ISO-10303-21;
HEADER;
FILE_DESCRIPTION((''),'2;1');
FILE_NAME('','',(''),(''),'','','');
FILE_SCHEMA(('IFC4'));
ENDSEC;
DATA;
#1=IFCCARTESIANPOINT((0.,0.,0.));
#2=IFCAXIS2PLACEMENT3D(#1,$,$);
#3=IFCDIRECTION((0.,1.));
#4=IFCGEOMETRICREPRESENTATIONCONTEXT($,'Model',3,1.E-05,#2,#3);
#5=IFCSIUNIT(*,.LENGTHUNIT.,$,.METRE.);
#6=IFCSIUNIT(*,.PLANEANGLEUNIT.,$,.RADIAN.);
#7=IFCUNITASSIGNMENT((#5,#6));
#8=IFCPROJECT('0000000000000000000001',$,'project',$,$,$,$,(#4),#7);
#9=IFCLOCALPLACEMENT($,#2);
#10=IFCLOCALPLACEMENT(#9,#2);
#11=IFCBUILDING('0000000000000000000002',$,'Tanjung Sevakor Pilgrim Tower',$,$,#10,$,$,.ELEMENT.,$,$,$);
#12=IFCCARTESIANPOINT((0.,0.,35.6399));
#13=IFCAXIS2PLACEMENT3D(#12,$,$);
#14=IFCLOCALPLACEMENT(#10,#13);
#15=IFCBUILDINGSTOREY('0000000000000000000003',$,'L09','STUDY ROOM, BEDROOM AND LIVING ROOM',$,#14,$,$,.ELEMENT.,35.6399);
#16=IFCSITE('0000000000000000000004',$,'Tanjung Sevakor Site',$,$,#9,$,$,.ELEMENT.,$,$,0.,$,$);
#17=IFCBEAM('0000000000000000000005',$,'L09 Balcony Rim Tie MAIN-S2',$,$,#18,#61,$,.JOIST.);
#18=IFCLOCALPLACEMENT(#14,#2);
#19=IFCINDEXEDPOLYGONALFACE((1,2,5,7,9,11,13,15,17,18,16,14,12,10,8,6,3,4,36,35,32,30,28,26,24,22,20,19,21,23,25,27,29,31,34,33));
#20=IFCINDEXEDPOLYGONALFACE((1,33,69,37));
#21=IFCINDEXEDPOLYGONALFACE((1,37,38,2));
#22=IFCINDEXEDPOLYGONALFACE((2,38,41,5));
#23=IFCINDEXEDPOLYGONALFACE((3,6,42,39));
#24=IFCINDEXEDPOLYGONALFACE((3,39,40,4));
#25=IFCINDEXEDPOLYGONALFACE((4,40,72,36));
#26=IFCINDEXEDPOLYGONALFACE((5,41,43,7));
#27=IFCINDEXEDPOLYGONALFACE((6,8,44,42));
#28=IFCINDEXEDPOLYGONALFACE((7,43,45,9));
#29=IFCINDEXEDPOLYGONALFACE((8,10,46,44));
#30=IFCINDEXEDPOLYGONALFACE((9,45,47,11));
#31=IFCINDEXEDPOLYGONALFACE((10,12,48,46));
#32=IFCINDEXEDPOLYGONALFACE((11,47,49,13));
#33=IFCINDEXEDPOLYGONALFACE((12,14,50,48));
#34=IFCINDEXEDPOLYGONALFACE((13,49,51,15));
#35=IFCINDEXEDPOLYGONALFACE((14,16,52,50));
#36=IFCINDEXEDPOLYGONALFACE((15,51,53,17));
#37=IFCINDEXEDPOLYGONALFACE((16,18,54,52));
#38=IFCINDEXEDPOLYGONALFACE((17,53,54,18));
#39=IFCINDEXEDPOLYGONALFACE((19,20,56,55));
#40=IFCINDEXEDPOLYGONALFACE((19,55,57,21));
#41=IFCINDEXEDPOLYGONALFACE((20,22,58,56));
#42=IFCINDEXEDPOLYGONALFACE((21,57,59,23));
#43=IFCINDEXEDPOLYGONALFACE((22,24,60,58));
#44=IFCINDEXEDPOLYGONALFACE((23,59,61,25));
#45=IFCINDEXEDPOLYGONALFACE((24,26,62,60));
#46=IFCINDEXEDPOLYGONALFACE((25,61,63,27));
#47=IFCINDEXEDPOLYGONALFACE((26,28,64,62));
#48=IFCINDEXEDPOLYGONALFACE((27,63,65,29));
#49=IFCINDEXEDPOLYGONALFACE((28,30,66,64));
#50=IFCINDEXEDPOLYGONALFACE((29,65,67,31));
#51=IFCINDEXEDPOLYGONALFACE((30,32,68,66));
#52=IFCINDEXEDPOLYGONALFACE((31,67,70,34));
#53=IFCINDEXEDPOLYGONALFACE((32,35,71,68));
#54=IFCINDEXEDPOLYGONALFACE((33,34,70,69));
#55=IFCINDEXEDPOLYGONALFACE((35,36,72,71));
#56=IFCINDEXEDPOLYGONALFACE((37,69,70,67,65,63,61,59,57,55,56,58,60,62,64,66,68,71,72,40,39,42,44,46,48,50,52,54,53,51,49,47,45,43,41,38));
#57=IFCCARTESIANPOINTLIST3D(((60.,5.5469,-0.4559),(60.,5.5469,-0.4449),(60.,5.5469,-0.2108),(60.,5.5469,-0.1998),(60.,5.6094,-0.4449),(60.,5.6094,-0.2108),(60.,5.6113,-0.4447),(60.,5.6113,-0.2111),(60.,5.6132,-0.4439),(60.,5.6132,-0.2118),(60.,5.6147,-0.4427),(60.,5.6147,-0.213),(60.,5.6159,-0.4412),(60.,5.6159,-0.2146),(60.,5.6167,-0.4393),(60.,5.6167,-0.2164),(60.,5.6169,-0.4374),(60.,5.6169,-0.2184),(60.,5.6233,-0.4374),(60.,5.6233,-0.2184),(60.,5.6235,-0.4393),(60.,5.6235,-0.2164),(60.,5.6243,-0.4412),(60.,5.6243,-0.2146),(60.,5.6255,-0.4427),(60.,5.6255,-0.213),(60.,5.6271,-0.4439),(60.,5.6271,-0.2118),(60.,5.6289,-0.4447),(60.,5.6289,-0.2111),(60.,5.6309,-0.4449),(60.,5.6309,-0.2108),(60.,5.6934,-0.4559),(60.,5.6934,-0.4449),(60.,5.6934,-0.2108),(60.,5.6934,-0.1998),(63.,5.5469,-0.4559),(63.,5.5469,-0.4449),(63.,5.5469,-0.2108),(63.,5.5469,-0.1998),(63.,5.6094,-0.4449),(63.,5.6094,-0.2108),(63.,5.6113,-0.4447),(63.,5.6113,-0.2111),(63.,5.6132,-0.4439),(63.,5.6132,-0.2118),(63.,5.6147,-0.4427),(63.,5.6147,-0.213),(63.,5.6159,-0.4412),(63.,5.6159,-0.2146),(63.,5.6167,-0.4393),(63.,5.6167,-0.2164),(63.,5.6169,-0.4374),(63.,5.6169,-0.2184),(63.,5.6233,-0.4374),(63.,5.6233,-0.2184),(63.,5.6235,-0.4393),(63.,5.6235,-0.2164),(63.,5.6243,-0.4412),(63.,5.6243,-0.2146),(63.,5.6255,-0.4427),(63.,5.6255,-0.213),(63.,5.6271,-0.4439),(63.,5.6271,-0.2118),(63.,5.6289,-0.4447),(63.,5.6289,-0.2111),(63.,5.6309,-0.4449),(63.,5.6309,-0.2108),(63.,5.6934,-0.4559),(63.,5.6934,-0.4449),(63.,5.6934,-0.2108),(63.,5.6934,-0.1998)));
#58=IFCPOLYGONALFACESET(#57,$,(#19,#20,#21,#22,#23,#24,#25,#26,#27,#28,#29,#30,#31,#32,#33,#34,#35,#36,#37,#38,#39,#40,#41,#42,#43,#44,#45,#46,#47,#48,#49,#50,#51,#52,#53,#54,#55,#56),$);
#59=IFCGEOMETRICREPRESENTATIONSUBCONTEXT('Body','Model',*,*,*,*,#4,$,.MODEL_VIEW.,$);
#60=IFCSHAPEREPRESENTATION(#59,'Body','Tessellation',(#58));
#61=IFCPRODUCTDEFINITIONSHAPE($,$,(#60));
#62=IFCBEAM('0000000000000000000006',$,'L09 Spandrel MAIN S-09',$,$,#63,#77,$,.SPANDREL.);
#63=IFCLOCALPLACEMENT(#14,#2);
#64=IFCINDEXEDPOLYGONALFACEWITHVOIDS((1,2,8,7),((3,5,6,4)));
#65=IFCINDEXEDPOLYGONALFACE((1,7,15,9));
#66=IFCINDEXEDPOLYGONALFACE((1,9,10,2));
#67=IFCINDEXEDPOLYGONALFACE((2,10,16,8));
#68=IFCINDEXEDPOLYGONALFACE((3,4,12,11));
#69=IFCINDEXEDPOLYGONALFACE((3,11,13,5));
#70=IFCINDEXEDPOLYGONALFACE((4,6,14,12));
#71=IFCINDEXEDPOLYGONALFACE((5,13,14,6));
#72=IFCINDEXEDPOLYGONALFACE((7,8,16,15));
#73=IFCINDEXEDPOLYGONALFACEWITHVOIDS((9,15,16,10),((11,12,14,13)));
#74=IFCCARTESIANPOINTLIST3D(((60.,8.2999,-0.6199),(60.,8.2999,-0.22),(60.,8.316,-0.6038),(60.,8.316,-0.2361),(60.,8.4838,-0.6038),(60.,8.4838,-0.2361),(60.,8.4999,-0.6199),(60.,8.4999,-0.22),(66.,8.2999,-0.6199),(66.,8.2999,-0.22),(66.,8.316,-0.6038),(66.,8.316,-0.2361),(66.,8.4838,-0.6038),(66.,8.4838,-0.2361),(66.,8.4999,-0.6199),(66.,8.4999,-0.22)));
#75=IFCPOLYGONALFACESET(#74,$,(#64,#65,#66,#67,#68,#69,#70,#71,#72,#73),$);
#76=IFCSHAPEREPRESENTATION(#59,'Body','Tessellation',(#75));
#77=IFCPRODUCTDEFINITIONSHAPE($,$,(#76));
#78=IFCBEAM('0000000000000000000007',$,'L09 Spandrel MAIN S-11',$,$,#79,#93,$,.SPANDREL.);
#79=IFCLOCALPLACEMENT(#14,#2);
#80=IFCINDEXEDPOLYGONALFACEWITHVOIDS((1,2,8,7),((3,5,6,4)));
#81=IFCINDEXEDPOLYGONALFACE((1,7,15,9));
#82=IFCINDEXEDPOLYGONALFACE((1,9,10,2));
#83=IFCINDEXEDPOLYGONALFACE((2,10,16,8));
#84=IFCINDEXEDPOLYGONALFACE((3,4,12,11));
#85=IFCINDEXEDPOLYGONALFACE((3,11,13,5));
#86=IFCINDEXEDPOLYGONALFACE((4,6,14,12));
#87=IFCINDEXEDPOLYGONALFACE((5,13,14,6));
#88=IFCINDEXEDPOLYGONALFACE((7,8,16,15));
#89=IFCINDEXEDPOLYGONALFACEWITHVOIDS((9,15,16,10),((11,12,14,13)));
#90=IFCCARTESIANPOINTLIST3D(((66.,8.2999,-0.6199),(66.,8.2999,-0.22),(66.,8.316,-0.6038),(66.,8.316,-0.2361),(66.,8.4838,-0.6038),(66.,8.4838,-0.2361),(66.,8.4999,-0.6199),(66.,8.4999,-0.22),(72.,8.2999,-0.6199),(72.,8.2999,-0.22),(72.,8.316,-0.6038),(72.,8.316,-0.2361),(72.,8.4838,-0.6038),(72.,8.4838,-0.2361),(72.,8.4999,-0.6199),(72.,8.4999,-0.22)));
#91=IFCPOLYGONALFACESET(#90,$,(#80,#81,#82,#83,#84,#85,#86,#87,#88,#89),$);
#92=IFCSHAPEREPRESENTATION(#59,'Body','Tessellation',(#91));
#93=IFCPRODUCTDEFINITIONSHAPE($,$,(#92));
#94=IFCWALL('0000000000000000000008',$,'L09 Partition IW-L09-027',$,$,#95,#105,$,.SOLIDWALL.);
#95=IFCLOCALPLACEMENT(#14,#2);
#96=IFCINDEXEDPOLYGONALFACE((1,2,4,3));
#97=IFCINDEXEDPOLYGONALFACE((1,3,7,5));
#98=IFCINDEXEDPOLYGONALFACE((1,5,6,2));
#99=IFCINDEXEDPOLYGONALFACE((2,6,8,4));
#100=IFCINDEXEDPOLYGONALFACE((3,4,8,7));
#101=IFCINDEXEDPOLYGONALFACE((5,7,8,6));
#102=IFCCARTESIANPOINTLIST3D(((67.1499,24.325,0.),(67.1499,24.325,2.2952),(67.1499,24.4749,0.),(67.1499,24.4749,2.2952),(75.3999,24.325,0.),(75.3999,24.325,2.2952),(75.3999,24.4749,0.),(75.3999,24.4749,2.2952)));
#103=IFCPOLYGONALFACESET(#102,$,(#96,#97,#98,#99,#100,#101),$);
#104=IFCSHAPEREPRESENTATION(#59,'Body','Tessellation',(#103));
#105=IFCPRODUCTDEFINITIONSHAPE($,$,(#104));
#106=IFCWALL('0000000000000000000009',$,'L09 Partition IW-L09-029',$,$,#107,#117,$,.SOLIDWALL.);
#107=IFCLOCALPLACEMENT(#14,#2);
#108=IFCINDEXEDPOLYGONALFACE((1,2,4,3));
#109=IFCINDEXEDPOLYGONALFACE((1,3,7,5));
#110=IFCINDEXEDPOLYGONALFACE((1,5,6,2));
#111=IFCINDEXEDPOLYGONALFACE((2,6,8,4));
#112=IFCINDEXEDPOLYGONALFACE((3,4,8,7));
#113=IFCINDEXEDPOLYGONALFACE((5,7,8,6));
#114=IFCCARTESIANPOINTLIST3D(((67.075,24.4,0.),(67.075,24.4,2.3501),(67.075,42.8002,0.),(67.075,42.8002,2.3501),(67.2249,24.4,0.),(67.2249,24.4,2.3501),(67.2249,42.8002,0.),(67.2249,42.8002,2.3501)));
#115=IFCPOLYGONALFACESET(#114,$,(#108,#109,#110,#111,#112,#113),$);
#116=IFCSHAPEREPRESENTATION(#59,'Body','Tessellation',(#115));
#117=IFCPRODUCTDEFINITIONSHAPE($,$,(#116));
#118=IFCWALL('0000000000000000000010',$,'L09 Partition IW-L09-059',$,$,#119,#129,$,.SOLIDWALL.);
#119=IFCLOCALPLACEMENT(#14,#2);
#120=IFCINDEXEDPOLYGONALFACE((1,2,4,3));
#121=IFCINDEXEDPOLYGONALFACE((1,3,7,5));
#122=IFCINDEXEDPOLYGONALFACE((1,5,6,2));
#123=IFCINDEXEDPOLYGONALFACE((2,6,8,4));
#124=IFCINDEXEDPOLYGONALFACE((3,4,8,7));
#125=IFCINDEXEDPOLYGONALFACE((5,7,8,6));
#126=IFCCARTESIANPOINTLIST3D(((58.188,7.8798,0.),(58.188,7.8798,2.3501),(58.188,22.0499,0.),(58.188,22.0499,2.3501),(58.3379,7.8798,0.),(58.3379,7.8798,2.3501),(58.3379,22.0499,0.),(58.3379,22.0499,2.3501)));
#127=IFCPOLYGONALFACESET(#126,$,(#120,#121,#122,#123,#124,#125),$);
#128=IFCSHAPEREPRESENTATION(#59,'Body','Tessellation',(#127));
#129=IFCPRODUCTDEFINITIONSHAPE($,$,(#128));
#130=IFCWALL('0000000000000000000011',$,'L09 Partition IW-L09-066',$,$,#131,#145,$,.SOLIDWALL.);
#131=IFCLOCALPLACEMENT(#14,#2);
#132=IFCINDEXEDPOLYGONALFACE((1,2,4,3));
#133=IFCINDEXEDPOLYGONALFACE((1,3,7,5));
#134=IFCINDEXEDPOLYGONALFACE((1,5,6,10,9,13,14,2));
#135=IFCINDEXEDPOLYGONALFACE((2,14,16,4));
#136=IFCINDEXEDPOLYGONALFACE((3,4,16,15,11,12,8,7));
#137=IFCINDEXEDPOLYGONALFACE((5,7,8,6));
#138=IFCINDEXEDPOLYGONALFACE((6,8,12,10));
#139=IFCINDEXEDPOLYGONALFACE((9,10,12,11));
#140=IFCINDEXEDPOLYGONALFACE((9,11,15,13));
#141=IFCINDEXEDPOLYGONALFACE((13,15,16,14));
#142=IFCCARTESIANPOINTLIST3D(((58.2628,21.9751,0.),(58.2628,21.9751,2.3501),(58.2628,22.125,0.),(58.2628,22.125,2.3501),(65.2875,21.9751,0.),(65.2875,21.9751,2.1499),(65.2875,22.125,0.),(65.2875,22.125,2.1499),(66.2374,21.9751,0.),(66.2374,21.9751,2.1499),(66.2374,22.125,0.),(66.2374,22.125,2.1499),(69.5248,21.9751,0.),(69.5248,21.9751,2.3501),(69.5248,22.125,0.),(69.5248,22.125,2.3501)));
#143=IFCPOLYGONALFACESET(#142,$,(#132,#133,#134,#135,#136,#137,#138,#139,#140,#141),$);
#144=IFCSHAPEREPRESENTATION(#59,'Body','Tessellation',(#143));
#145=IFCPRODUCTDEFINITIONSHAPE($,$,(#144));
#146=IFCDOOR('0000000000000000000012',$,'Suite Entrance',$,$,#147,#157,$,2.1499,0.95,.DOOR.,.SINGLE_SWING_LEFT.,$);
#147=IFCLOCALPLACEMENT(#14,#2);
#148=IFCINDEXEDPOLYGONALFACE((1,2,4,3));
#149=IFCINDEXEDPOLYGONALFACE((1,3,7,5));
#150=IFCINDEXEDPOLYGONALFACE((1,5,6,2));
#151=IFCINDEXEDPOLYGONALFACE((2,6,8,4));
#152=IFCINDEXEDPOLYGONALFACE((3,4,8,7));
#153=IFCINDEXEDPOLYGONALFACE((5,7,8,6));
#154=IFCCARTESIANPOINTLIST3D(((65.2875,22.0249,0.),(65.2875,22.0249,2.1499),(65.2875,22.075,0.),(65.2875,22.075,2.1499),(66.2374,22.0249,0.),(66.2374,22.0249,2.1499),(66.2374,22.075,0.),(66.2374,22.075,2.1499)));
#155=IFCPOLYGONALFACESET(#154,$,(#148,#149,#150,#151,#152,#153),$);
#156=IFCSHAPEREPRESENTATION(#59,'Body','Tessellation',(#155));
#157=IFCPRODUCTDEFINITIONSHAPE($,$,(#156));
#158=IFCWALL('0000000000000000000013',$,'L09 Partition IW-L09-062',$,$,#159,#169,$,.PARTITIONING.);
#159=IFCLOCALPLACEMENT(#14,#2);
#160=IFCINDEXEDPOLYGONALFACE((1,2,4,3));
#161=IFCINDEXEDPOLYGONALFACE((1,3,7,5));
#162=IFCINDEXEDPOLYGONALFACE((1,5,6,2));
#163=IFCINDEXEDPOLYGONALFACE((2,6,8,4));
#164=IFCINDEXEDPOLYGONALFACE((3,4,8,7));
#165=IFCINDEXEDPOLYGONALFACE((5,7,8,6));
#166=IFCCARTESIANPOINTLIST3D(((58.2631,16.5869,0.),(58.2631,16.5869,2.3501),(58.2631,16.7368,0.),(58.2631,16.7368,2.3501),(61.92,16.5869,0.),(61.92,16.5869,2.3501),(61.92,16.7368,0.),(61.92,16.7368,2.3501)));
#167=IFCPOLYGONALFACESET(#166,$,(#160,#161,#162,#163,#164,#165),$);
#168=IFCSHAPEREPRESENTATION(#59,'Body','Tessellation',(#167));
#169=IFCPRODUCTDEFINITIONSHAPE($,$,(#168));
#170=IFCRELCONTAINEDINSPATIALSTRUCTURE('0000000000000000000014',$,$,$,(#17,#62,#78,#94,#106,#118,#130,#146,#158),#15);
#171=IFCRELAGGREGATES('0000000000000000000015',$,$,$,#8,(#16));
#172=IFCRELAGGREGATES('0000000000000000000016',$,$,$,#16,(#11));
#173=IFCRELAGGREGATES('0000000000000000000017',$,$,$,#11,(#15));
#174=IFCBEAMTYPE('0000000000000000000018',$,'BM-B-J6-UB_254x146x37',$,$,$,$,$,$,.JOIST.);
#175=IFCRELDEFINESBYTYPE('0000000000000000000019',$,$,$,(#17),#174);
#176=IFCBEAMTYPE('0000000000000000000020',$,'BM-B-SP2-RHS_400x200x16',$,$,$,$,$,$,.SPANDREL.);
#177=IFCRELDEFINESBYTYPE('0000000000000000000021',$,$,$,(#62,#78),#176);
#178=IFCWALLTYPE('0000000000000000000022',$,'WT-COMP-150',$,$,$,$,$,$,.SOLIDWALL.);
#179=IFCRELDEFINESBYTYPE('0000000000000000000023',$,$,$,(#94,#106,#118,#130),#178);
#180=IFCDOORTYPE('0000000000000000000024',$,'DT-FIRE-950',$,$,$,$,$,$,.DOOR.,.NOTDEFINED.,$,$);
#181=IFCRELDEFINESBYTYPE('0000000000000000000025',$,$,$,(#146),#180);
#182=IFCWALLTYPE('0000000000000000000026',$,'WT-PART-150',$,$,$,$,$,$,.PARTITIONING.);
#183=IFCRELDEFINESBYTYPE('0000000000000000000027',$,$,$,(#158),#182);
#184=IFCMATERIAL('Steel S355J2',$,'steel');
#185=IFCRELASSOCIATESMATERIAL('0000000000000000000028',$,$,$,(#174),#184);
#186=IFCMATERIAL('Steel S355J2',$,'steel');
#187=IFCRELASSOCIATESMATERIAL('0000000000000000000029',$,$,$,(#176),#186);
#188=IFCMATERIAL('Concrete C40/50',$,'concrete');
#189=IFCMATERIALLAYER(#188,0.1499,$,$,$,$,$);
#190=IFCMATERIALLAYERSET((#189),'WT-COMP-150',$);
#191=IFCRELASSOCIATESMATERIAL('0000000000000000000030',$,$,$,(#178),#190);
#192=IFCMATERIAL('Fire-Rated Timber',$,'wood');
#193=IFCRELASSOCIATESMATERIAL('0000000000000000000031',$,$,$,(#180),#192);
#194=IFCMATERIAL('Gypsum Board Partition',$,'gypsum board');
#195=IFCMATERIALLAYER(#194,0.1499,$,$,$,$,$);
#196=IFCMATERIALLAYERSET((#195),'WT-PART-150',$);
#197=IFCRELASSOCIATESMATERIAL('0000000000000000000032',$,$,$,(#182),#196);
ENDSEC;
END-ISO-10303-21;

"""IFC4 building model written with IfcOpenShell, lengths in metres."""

from ifc_helpers import new_model, si_unit, direction, frame, frame_2d, origin, origin_2d, place, context, subcontext, project, spatial, rectangle, hollow_rectangle, i_section, extrude, material, layer, layer_set, material_profile, profile_set, type_object, element, fill, save


model = new_model("IFC4")

# Units and contexts
model_context = context("Model", 3, precision=1e-05, world=origin(), true_north=direction((0.0, 1.0)))
body_context = subcontext(model_context, "Body", "Model", "MODEL_VIEW")
ifc_project = project(units=[si_unit("LENGTHUNIT", "METRE"), si_unit("PLANEANGLEUNIT", "RADIAN")], contexts=[model_context])

# Site, building, storey
site_placement = place(None, origin())
site = spatial("IfcSite", under=ifc_project, at=site_placement, Name="Tanjung Sevakor Site", CompositionType="ELEMENT", RefElevation=0.0)
building_placement = place(site_placement, origin())
building = spatial("IfcBuilding", under=site, at=building_placement, Name="Tanjung Sevakor Pilgrim Tower", CompositionType="ELEMENT")
storey_placement = place(building_placement, frame((0.0, 0.0, 35.6399)))
storey = spatial("IfcBuildingStorey", under=building, at=storey_placement, Name="L09", Description="STUDY ROOM, BEDROOM AND LIVING ROOM", CompositionType="ELEMENT", Elevation=35.6399)

# Beams
ifc_material_1 = material(Name="Steel S355J2", Category="steel")
ifc_material_profile_1 = material_profile(ifc_material_1, i_section(OverallWidth=0.1465, OverallDepth=0.2561, WebThickness=0.0063, FlangeThickness=0.011, FilletRadius=0.0076, at=origin_2d()))
ifc_profile_set_1 = profile_set([ifc_material_profile_1], Name="Steel S355J2")
beam_type_1 = type_object("IfcBeamType", Name="BM-B-J6-UB_254x146x37", PredefinedType="JOIST", material=ifc_profile_set_1)
beam_1_placement = place(storey_placement, frame((60.0, 5.6201, -0.3279), z_axis=(1.0, 0.0, 0.0), x_axis=(0.0, 1.0, 0.0)))
element("IfcBeam", 1, at=beam_1_placement, inside=storey, type_object=beam_type_1, Name="L09 Balcony Rim Tie MAIN-S2", PredefinedType="JOIST", context=body_context, shape_type="SweptSolid", body=[
    extrude(i_section(OverallWidth=0.1465, OverallDepth=0.2561, WebThickness=0.0063, FlangeThickness=0.011, FilletRadius=0.0076, at=origin_2d()), origin(), (0.0, 0.0, 1.0), 3.0),
])
ifc_material_2 = material(Name="Steel S355J2", Category="steel")
ifc_material_profile_2 = material_profile(ifc_material_2, hollow_rectangle(XDim=0.2, YDim=0.3999, WallThickness=0.0161, at=origin_2d()))
ifc_profile_set_2 = profile_set([ifc_material_profile_2], Name="Steel S355J2")
beam_type_2 = type_object("IfcBeamType", Name="BM-B-SP2-RHS_400x200x16", PredefinedType="SPANDREL", material=ifc_profile_set_2)
for number, where, z_axis, x_axis, name in (
    (2, (60.0, 8.3999, -0.4199), (1.0, 0.0, 0.0), (0.0, 1.0, 0.0), "L09 Spandrel MAIN S-09"),
    (3, (66.0, 8.3999, -0.4199), (1.0, 0.0, 0.0), (0.0, 1.0, 0.0), "L09 Spandrel MAIN S-11"),
):
    element("IfcBeam", number, at=place(storey_placement, frame(where, z_axis=z_axis, x_axis=x_axis)), inside=storey, type_object=beam_type_2, Name=name, PredefinedType="SPANDREL", context=body_context, shape_type="SweptSolid", body=[
        extrude(hollow_rectangle(XDim=0.2, YDim=0.3999, WallThickness=0.0161, at=origin_2d()), origin(), (0.0, 0.0, 1.0), 6.0),
    ])

# Walls
ifc_material_3 = material(Name="Concrete C40/50", Category="concrete")
ifc_layer_1 = layer(ifc_material_3, 0.1499)
ifc_layer_set_1 = layer_set([ifc_layer_1], Name="WT-COMP-150")
wall_type_1 = type_object("IfcWallType", Name="WT-COMP-150", PredefinedType="SOLIDWALL", material=ifc_layer_set_1)
wall_1_placement = place(storey_placement, frame((67.1499, 24.3999, 0.0), z_axis=(0.0, 0.0, 1.0), x_axis=(1.0, 0.0, 0.0)))
element("IfcWall", 4, at=wall_1_placement, inside=storey, type_object=wall_type_1, Name="L09 Partition IW-L09-027", PredefinedType="SOLIDWALL", context=body_context, shape_type="SweptSolid", body=[
    extrude(rectangle(XDim=8.25, YDim=0.1499, at=frame_2d((4.125, 0.0))), origin(), (0.0, 0.0, 1.0), 2.2952),
])
wall_2_placement = place(storey_placement, frame((67.1499, 24.3999, 0.0), z_axis=(0.0, 0.0, 1.0), x_axis=(0.0, 1.0, 0.0)))
element("IfcWall", 5, at=wall_2_placement, inside=storey, type_object=wall_type_1, Name="L09 Partition IW-L09-029", PredefinedType="SOLIDWALL", context=body_context, shape_type="SweptSolid", body=[
    extrude(rectangle(XDim=18.4001, YDim=0.1499, at=frame_2d((9.2002, 0.0))), origin(), (0.0, 0.0, 1.0), 2.3501),
])
wall_3_placement = place(storey_placement, frame((58.2629, 7.8799, 0.0), z_axis=(0.0, 0.0, 1.0), x_axis=(0.0, 1.0, 0.0)))
element("IfcWall", 6, at=wall_3_placement, inside=storey, type_object=wall_type_1, Name="L09 Partition IW-L09-059", PredefinedType="SOLIDWALL", context=body_context, shape_type="SweptSolid", body=[
    extrude(rectangle(XDim=14.1702, YDim=0.1499, at=frame_2d((7.085, 0.0))), origin(), (0.0, 0.0, 1.0), 2.3501),
])

# Wall, opening, door
wall_4_placement = place(storey_placement, frame((58.2629, 22.05, 0.0), z_axis=(0.0, 0.0, 1.0), x_axis=(1.0, 0.0, 0.0)))
wall_4 = element("IfcWall", 7, at=wall_4_placement, inside=storey, type_object=wall_type_1, Name="L09 Partition IW-L09-066", PredefinedType="SOLIDWALL", context=body_context, shape_type="SweptSolid", body=[
    extrude(rectangle(XDim=11.262, YDim=0.1499, at=frame_2d((5.6309, 0.0))), origin(), (0.0, 0.0, 1.0), 2.3501),
])
opening_1_placement = place(wall_4_placement, frame((7.0244, 0.0, 0.0)))
opening_1 = element("IfcOpeningElement", 8, at=opening_1_placement, cuts=wall_4, PredefinedType="OPENING", context=body_context, shape_type="SweptSolid", body=[
    extrude(rectangle(XDim=0.95, YDim=2.1499, at=frame_2d((0.4751, 1.075))), frame((0.0, 0.085, 0.0), z_axis=(0.0, -1.0, 0.0), x_axis=(1.0, 0.0, 0.0)), (0.0, 0.0, 1.0), 0.1699),
])
ifc_material_4 = material(Name="Fire-Rated Timber", Category="wood")
door_type_1 = type_object("IfcDoorType", Name="DT-FIRE-950", OperationType="NOTDEFINED", PredefinedType="DOOR", material=ifc_material_4)
door_1_placement = place(opening_1_placement, origin())
door_1 = element("IfcDoor", 9, at=door_1_placement, inside=storey, type_object=door_type_1, Name="Suite Entrance", OperationType="SINGLE_SWING_LEFT", OverallHeight=2.1499, OverallWidth=0.95, PredefinedType="DOOR", context=body_context, shape_type="SweptSolid", body=[
    extrude(rectangle(XDim=0.95, YDim=2.1499, at=frame_2d((0.4751, 1.075))), frame((0.0, 0.0249, 0.0), z_axis=(0.0, -1.0, 0.0), x_axis=(1.0, 0.0, 0.0)), (0.0, 0.0, 1.0), 0.05),
])
fill(opening_1, door_1)

# Wall
ifc_material_5 = material(Name="Gypsum Board Partition", Category="gypsum board")
ifc_layer_2 = layer(ifc_material_5, 0.1499)
ifc_layer_set_2 = layer_set([ifc_layer_2], Name="WT-PART-150")
wall_type_2 = type_object("IfcWallType", Name="WT-PART-150", PredefinedType="PARTITIONING", material=ifc_layer_set_2)
wall_5_placement = place(storey_placement, frame((58.2629, 16.6619, 0.0), z_axis=(0.0, 0.0, 1.0), x_axis=(1.0, 0.0, 0.0)))
element("IfcWall", 10, at=wall_5_placement, inside=storey, type_object=wall_type_2, Name="L09 Partition IW-L09-062", PredefinedType="PARTITIONING", context=body_context, shape_type="SweptSolid", body=[
    extrude(rectangle(XDim=3.657, YDim=0.1499, at=frame_2d((1.8286, 0.0))), origin(), (0.0, 0.0, 1.0), 2.3501),
])

save(model, "model.ifc")
